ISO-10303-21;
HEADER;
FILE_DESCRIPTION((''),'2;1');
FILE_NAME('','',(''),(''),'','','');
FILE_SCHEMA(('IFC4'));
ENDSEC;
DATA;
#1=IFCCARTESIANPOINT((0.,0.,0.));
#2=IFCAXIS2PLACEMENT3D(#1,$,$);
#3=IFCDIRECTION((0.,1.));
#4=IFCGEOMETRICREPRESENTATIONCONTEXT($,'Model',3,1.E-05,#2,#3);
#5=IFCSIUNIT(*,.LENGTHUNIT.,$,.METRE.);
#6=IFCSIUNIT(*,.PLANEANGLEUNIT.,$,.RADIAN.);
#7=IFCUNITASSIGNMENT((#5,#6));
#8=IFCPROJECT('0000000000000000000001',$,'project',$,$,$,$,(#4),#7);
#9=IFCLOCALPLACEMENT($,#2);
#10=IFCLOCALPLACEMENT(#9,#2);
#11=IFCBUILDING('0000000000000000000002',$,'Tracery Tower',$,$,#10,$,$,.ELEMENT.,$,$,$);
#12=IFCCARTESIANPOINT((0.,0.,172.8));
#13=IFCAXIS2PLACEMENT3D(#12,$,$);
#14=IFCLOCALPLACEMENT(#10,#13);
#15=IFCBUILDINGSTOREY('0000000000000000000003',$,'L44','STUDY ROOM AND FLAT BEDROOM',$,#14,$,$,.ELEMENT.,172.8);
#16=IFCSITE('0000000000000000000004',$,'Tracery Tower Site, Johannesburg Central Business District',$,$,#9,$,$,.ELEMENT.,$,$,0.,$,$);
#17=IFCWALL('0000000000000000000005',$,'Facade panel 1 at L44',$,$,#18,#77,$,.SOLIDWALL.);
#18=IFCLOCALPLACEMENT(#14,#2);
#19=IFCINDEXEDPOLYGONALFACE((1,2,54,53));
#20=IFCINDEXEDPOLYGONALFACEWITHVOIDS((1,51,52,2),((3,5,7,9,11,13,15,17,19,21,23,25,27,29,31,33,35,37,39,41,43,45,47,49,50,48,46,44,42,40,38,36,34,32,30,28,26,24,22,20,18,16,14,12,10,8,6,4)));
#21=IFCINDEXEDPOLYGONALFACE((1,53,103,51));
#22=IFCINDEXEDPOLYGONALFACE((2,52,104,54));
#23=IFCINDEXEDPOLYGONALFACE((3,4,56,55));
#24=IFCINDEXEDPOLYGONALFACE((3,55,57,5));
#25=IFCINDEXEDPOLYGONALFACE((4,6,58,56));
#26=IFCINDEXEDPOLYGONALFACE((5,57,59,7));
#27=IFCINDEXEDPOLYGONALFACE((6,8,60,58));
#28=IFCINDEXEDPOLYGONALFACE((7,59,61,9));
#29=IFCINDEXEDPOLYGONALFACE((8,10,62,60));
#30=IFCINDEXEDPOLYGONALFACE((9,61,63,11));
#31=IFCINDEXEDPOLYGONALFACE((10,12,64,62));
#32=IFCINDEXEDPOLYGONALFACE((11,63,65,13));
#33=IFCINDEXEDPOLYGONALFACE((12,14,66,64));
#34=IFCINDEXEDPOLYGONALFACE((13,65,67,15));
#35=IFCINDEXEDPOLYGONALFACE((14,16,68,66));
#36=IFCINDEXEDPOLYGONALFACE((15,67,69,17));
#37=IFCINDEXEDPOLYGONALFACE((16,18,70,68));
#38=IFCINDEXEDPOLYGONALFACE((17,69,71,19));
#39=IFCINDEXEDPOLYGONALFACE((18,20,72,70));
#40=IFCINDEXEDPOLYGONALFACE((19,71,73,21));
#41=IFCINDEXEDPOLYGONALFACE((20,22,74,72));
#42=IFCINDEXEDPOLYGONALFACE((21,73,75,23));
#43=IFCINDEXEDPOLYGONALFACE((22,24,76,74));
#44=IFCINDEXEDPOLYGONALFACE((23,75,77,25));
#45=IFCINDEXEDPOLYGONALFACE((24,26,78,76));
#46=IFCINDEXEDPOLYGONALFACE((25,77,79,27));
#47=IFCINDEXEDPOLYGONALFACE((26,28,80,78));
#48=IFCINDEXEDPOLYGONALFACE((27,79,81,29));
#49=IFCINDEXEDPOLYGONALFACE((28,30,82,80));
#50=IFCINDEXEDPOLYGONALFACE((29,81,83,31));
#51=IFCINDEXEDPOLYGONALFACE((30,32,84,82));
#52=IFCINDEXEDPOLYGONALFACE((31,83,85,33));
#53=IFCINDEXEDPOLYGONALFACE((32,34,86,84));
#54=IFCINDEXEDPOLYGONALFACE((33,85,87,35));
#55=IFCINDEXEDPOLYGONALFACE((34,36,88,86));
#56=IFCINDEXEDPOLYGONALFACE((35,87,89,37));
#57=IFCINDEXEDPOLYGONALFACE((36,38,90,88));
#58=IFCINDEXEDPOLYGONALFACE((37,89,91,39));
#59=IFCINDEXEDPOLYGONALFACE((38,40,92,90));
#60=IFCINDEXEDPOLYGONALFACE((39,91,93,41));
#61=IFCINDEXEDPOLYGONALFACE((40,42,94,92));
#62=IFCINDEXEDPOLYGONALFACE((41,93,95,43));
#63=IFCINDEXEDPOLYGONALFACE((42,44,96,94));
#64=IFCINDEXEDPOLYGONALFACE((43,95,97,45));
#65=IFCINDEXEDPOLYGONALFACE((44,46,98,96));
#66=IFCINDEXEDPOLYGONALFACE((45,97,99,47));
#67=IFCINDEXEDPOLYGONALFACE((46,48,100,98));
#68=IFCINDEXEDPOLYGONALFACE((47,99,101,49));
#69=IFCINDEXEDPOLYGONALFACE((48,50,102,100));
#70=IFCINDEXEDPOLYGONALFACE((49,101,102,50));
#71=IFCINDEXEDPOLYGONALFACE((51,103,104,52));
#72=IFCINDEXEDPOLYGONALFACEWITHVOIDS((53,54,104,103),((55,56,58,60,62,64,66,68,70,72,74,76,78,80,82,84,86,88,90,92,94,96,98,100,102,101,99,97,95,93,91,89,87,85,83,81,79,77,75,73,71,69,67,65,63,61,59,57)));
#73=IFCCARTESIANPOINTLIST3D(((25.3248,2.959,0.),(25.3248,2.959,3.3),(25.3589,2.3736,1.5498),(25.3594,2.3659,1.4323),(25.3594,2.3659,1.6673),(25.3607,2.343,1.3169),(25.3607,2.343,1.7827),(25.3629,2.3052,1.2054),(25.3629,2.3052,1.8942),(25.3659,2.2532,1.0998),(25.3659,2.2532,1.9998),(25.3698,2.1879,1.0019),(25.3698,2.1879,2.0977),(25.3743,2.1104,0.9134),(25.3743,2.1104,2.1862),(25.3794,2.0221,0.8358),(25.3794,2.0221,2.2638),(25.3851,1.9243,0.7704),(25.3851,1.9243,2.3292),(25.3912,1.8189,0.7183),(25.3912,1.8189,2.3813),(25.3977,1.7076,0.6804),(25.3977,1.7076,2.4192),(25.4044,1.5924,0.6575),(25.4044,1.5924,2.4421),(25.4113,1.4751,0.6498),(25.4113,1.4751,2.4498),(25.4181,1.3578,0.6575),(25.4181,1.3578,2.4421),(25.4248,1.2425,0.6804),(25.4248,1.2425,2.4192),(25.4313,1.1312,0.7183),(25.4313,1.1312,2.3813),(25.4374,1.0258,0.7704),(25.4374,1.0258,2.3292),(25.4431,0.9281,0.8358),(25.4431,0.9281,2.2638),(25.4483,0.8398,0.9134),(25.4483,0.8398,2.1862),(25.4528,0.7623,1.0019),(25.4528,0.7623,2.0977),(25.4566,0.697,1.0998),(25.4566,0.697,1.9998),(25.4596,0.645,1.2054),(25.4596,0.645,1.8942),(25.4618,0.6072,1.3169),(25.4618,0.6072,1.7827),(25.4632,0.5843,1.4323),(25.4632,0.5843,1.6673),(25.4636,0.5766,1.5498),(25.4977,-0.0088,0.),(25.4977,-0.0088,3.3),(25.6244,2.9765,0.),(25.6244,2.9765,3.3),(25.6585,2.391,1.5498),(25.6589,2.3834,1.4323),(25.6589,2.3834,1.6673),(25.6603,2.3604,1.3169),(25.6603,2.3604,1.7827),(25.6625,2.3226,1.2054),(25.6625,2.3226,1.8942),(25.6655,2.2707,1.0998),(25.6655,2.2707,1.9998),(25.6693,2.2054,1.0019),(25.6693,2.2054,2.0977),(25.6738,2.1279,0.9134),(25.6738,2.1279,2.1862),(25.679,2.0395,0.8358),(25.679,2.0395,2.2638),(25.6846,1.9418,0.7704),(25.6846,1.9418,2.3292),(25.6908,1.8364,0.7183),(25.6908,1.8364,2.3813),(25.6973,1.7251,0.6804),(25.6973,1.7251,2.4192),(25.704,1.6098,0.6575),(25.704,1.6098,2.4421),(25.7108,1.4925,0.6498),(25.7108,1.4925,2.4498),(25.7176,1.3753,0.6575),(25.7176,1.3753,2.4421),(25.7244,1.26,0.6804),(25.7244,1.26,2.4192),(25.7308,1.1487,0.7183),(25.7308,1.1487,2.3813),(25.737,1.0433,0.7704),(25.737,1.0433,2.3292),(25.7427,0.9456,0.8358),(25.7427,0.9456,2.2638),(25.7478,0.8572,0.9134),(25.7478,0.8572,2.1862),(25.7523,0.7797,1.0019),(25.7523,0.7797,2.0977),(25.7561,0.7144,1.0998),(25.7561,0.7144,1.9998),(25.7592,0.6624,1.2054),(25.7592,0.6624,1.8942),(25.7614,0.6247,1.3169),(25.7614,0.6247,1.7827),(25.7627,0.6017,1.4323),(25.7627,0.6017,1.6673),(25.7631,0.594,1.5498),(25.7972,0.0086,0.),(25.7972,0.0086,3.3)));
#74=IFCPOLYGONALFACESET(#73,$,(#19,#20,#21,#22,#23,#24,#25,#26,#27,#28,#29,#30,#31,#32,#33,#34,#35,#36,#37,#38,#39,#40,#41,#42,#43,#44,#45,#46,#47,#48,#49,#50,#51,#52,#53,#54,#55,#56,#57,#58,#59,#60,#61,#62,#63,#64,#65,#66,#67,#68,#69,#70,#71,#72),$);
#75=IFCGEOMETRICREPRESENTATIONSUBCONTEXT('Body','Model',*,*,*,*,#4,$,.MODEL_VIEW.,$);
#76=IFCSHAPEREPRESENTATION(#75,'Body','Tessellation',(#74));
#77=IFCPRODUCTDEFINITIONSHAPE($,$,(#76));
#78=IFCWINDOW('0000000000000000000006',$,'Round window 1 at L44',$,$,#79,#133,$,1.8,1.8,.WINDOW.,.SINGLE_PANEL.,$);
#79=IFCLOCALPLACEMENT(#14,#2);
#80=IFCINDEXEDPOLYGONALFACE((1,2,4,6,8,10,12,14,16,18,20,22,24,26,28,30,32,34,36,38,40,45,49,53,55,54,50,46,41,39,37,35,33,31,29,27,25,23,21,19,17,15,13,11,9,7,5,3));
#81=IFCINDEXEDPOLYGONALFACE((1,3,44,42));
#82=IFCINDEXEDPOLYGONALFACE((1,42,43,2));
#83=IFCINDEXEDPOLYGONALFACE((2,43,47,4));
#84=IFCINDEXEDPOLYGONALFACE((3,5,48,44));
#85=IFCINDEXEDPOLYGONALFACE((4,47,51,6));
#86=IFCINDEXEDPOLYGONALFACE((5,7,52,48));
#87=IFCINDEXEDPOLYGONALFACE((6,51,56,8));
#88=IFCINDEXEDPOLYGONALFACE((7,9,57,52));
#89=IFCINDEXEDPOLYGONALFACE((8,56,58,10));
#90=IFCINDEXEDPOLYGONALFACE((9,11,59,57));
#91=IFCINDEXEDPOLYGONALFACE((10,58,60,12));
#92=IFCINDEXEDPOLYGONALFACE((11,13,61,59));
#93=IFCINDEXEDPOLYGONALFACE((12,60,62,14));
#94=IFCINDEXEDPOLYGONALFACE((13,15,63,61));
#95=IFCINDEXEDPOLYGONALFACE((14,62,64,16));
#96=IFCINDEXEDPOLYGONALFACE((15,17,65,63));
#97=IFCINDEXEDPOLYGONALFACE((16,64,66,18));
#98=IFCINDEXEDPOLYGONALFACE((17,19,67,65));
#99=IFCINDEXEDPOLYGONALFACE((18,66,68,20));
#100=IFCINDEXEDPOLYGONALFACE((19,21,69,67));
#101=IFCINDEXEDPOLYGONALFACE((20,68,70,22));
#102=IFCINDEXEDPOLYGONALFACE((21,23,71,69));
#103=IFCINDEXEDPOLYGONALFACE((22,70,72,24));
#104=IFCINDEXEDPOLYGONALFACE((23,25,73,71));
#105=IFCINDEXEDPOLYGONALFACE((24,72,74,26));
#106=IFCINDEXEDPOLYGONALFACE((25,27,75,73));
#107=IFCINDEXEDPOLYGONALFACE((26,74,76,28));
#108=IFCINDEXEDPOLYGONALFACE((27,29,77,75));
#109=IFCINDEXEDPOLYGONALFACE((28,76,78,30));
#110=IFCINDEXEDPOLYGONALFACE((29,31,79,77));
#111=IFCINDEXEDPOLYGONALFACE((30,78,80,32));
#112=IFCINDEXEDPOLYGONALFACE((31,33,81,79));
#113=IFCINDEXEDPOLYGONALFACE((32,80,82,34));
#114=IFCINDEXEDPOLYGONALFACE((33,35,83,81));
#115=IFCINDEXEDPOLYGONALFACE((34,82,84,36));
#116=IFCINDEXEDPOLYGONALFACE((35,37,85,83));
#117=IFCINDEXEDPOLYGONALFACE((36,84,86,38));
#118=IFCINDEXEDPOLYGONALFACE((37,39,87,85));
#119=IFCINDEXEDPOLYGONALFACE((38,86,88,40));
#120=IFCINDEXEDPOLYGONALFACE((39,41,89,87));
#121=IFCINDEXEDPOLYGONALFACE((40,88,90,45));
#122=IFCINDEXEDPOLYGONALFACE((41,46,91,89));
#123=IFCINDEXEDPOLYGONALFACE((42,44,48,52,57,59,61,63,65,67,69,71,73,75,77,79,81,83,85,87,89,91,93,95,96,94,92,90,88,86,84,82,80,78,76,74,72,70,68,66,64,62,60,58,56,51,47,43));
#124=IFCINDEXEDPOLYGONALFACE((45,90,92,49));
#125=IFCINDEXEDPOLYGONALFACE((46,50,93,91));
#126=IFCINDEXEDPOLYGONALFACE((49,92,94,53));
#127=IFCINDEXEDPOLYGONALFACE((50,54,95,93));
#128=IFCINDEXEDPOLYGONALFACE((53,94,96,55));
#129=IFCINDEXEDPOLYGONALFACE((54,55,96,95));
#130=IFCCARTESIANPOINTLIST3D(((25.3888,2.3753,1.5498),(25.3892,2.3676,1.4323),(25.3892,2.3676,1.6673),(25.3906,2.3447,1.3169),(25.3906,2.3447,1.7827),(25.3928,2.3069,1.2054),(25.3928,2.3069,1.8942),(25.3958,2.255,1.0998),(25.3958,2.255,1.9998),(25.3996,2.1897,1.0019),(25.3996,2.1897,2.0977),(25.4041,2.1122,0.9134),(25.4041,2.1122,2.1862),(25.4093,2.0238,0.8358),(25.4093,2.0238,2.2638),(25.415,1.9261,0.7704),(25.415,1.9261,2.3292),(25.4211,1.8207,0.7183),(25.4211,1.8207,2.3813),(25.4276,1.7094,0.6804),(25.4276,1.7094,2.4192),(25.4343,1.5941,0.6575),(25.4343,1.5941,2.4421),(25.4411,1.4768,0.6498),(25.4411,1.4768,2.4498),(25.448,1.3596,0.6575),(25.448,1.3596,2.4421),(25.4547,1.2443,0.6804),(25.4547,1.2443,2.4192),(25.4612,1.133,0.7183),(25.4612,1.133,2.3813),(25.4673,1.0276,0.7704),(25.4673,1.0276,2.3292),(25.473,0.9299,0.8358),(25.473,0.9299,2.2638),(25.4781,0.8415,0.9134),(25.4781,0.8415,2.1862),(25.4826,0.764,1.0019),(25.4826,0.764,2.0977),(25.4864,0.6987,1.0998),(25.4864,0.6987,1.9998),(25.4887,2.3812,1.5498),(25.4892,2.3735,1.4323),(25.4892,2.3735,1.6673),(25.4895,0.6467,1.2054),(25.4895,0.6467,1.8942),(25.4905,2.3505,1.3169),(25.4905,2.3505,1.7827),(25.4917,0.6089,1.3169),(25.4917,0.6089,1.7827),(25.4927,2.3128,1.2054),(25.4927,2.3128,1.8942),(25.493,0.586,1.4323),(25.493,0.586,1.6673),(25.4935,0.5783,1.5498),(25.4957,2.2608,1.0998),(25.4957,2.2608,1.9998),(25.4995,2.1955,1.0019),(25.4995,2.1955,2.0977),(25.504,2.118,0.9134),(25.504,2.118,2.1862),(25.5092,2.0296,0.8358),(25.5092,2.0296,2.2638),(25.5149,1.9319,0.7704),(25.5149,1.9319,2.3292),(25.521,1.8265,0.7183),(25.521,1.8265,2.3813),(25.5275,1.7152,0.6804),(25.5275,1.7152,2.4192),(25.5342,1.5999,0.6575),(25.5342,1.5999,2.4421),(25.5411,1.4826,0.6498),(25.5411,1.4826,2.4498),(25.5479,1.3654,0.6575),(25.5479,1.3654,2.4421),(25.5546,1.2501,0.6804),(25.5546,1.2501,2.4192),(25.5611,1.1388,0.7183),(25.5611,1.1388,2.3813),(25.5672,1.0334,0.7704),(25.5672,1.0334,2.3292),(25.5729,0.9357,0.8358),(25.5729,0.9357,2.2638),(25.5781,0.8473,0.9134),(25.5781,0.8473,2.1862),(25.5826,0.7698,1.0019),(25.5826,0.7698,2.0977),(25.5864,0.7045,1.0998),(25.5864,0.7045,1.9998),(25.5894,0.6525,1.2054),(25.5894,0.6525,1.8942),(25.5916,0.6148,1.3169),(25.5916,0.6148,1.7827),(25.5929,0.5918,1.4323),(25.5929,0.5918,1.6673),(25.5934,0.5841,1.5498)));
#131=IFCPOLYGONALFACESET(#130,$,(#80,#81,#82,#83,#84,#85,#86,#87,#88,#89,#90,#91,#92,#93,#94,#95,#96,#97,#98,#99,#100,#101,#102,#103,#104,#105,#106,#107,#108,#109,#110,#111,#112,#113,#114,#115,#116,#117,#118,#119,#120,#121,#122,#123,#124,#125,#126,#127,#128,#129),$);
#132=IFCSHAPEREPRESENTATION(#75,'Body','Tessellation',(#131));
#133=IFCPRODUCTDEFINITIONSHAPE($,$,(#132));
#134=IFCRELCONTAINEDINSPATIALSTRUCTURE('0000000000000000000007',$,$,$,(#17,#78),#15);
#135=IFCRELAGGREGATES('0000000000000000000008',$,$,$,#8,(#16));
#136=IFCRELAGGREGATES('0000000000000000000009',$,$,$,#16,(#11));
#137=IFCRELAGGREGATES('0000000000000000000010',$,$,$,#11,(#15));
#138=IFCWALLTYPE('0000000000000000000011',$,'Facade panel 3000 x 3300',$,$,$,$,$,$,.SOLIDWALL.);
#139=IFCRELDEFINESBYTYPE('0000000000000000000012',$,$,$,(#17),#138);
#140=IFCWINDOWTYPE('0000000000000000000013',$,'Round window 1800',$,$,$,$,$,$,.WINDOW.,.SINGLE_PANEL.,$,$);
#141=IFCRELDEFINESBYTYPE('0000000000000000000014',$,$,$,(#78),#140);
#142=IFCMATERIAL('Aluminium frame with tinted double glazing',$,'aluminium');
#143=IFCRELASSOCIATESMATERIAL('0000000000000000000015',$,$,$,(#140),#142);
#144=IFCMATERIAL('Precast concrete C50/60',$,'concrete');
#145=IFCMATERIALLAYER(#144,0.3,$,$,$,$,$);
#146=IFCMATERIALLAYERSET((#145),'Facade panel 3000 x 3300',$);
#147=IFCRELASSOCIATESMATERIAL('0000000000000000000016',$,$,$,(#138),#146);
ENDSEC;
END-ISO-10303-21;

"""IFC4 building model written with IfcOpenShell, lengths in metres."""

from ifc_helpers import new_model, si_unit, direction, frame, frame_2d, origin, origin_2d, place, context, subcontext, project, spatial, rectangle, circle, extrude, material, layer, layer_set, type_object, element, fill, save


model = new_model("IFC4")

# Units and contexts
model_context = context("Model", 3, precision=1e-05, world=origin(), true_north=direction((0.0, 1.0)))
body_context = subcontext(model_context, "Body", "Model", "MODEL_VIEW")
ifc_project = project(units=[si_unit("LENGTHUNIT", "METRE"), si_unit("PLANEANGLEUNIT", "RADIAN")], contexts=[model_context])

# Site, building, storey
site_placement = place(None, origin())
site = spatial("IfcSite", under=ifc_project, at=site_placement, Name="Tracery Tower Site, Johannesburg Central Business District", CompositionType="ELEMENT", RefElevation=0.0)
building_placement = place(site_placement, origin())
building = spatial("IfcBuilding", under=site, at=building_placement, Name="Tracery Tower", CompositionType="ELEMENT")
storey_placement = place(building_placement, frame((0.0, 0.0, 172.8)))
storey = spatial("IfcBuildingStorey", under=building, at=storey_placement, Name="L44", Description="STUDY ROOM AND FLAT BEDROOM", CompositionType="ELEMENT", Elevation=172.8)

# Wall, opening, window
ifc_material_1 = material(Name="Aluminium frame with tinted double glazing", Category="aluminium")
window_type = type_object("IfcWindowType", Name="Round window 1800", PartitioningType="SINGLE_PANEL", PredefinedType="WINDOW", material=ifc_material_1)
ifc_material_2 = material(Name="Precast concrete C50/60", Category="concrete")
ifc_layer_1 = layer(ifc_material_2, 0.3)
ifc_layer_set_1 = layer_set([ifc_layer_1], Name="Facade panel 3000 x 3300")
wall_type_1 = type_object("IfcWallType", Name="Facade panel 3000 x 3300", PredefinedType="SOLIDWALL", material=ifc_layer_set_1)
wall_1_placement = place(storey_placement, frame((25.6475, 0.0, 0.0), z_axis=(0.0, 0.0, 1.0), x_axis=(-0.058144, 0.998308, 0.0)))
wall_1 = element("IfcWall", 1, at=wall_1_placement, inside=storey, type_object=wall_type_1, Name="Facade panel 1 at L44", PredefinedType="SOLIDWALL", context=body_context, shape_type="SweptSolid", body=[
    extrude(rectangle(XDim=2.9729, YDim=0.3, at=frame_2d((1.4863, 0.0))), origin(), (0.0, 0.0, 1.0), 3.3),
])
opening_1_placement = place(wall_1_placement, frame((1.4863, 0.0, 1.5498)))
opening_1 = element("IfcOpeningElement", 2, at=opening_1_placement, cuts=wall_1, PredefinedType="OPENING", context=body_context, shape_type="SweptSolid", body=[
    extrude(circle(Radius=0.9, at=origin_2d()), frame((0.0, 0.1599, 0.0), z_axis=(0.0, -1.0, 0.0), x_axis=(1.0, 0.0, 0.0)), (0.0, 0.0, 1.0), 0.3201),
])
window_1_placement = place(opening_1_placement, origin())
window_1 = element("IfcWindow", 3, at=window_1_placement, inside=storey, type_object=window_type, Name="Round window 1 at L44", OverallHeight=1.8, OverallWidth=1.8, PartitioningType="SINGLE_PANEL", PredefinedType="WINDOW", context=body_context, shape_type="SweptSolid", body=[
    extrude(circle(Radius=0.9, at=origin_2d()), frame((0.0, 0.1201, 0.0), z_axis=(0.0, -1.0, 0.0), x_axis=(1.0, 0.0, 0.0)), (0.0, 0.0, 1.0), 0.1001),
])
fill(opening_1, window_1)

save(model, "model.ifc")
